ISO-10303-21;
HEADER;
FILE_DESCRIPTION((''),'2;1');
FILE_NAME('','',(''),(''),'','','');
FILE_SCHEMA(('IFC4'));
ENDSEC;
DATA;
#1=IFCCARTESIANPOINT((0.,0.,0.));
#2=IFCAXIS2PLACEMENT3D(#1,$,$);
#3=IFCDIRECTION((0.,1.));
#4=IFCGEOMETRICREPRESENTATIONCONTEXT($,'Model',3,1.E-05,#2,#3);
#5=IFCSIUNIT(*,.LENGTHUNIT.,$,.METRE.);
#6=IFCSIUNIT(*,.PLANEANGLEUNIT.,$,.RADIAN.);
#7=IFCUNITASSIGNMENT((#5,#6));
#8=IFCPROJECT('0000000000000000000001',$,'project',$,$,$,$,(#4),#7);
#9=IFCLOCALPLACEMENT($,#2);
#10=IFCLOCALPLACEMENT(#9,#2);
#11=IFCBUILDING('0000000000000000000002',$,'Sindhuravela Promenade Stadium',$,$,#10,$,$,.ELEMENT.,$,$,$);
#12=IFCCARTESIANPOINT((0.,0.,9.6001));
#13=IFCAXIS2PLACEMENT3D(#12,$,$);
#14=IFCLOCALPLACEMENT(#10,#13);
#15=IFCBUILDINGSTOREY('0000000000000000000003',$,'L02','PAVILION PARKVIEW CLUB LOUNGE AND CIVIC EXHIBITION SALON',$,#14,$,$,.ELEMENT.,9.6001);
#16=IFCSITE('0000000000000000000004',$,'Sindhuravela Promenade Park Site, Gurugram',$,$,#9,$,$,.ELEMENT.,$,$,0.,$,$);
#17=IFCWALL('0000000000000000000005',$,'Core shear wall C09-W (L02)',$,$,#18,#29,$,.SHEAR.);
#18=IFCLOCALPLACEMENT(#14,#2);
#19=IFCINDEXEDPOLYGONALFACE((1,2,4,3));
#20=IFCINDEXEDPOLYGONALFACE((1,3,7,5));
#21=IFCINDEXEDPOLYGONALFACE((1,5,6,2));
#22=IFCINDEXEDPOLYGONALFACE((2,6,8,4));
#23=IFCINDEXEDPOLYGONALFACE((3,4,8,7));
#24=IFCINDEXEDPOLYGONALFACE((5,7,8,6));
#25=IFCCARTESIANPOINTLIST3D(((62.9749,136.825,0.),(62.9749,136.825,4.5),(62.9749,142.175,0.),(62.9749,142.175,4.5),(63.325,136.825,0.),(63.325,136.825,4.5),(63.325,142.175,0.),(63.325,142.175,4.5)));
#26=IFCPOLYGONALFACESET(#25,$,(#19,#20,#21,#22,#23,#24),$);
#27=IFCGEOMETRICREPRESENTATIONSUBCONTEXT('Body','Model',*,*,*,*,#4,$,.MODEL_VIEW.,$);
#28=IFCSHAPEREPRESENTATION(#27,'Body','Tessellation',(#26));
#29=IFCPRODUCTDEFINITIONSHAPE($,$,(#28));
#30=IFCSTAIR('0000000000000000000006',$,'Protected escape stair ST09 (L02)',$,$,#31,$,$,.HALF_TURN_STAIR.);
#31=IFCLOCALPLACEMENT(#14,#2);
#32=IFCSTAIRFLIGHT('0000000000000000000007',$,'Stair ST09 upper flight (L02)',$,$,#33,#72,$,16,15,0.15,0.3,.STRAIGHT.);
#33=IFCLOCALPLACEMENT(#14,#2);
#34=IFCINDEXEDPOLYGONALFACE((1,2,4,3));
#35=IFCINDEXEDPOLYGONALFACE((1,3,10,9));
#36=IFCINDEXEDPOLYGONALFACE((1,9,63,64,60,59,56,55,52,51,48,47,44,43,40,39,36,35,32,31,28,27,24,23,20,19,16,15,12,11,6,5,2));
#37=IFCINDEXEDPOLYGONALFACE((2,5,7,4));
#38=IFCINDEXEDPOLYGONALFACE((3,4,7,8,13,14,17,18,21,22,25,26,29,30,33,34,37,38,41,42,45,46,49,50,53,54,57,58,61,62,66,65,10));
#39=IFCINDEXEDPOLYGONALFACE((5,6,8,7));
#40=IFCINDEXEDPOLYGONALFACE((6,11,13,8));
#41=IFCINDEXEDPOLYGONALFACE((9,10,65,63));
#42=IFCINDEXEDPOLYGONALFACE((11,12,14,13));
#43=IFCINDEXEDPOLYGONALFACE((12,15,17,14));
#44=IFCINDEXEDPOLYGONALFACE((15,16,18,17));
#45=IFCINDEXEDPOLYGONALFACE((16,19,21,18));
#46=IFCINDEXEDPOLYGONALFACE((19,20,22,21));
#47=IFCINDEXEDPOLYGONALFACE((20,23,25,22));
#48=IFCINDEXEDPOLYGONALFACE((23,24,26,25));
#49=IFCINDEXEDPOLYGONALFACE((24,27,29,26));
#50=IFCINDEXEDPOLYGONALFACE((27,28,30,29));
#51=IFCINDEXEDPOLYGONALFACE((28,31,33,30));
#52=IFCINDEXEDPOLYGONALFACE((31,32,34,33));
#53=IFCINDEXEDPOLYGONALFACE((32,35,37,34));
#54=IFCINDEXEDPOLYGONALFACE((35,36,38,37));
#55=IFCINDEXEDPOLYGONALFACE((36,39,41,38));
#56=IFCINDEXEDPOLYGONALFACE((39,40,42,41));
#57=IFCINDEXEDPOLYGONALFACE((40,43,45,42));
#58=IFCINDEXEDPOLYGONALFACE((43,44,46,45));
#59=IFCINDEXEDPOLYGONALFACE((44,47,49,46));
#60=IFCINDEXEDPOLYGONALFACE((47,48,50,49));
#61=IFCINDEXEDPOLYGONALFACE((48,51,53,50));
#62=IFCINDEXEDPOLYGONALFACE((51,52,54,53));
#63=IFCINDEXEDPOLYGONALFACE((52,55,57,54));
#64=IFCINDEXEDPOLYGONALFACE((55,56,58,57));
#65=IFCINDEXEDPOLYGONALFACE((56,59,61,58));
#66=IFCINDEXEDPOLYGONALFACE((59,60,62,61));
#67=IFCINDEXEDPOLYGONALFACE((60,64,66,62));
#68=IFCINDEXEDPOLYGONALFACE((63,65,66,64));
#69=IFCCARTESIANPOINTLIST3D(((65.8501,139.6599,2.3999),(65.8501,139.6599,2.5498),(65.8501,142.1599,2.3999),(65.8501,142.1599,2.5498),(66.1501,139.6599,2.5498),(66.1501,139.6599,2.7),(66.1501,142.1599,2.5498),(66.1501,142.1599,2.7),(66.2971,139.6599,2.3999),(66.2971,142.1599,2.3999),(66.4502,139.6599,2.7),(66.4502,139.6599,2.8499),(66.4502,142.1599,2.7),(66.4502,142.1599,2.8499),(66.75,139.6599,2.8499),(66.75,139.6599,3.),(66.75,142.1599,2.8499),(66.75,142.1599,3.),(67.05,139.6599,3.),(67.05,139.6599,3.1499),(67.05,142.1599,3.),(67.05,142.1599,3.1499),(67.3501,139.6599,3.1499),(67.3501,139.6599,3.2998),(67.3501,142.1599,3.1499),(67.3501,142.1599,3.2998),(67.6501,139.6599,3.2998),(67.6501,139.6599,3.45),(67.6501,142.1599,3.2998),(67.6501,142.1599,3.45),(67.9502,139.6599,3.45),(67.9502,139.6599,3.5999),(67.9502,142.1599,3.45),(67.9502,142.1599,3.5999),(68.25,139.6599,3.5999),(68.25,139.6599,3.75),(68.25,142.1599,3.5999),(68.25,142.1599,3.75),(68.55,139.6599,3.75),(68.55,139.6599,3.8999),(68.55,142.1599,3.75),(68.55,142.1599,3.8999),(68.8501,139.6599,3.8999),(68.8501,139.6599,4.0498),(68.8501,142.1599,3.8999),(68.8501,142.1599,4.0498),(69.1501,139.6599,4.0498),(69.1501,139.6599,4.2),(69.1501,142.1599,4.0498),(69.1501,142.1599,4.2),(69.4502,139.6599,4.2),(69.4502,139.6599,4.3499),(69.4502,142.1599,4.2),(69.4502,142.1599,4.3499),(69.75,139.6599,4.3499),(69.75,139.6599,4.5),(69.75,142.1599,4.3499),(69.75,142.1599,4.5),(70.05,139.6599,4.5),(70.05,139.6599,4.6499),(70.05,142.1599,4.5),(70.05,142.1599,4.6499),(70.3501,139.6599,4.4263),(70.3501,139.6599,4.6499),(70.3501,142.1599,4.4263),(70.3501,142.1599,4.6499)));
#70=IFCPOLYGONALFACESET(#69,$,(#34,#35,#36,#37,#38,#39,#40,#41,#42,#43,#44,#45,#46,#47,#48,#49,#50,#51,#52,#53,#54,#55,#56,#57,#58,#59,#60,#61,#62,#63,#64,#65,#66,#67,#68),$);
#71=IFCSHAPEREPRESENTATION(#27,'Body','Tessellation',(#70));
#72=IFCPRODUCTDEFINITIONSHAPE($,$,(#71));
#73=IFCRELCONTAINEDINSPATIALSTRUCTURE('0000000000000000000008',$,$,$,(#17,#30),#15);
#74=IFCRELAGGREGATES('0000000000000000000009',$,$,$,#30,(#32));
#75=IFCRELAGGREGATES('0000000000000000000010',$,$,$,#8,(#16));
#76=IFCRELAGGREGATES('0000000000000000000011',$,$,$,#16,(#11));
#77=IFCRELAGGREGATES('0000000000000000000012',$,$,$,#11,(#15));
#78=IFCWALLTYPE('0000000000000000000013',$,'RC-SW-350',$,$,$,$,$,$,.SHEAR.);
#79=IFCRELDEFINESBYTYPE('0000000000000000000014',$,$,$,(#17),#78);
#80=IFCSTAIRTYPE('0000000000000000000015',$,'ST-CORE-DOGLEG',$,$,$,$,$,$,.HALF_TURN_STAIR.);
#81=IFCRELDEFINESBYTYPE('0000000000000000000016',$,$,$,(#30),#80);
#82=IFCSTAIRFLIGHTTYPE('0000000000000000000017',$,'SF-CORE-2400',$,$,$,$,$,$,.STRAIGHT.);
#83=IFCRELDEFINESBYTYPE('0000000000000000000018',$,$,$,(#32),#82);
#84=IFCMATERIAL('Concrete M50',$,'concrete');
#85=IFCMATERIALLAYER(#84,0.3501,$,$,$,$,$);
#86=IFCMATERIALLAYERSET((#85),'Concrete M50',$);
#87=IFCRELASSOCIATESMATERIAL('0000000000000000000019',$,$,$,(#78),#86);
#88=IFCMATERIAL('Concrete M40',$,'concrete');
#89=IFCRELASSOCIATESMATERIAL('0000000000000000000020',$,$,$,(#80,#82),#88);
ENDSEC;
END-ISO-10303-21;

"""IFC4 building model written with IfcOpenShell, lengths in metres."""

from ifc_helpers import new_model, si_unit, direction, frame, frame_2d, origin, place, context, subcontext, project, spatial, polyline, rectangle, outline, extrude, material, layer, layer_set, type_object, element, aggregate, save


model = new_model("IFC4")

# Units and contexts
model_context = context("Model", 3, precision=1e-05, world=origin(), true_north=direction((0.0, 1.0)))
body_context = subcontext(model_context, "Body", "Model", "MODEL_VIEW")
ifc_project = project(units=[si_unit("LENGTHUNIT", "METRE"), si_unit("PLANEANGLEUNIT", "RADIAN")], contexts=[model_context])

# Site, building, storey
site_placement = place(None, origin())
site = spatial("IfcSite", under=ifc_project, at=site_placement, Name="Sindhuravela Promenade Park Site, Gurugram", CompositionType="ELEMENT", RefElevation=0.0)
building_placement = place(site_placement, origin())
building = spatial("IfcBuilding", under=site, at=building_placement, Name="Sindhuravela Promenade Stadium", CompositionType="ELEMENT")
storey_placement = place(building_placement, frame((0.0, 0.0, 9.6001)))
storey = spatial("IfcBuildingStorey", under=building, at=storey_placement, Name="L02", Description="PAVILION PARKVIEW CLUB LOUNGE AND CIVIC EXHIBITION SALON", CompositionType="ELEMENT", Elevation=9.6001)

# Shared definitions
ifc_material_1 = material(Name="Concrete M40", Category="concrete")

# Wall
ifc_material_2 = material(Name="Concrete M50", Category="concrete")
ifc_layer_1 = layer(ifc_material_2, 0.3501)
ifc_layer_set_1 = layer_set([ifc_layer_1], Name="Concrete M50")
wall_type_1 = type_object("IfcWallType", Name="RC-SW-350", PredefinedType="SHEAR", material=ifc_layer_set_1)
wall_1_placement = place(storey_placement, frame((63.1499, 142.175, 0.0), z_axis=(0.0, 0.0, 1.0), x_axis=(0.0, -1.0, 0.0)))
element("IfcWall", 1, at=wall_1_placement, inside=storey, type_object=wall_type_1, Name="Core shear wall C09-W (L02)", PredefinedType="SHEAR", context=body_context, shape_type="SweptSolid", body=[
    extrude(rectangle(XDim=5.3501, YDim=0.3501, at=frame_2d((2.675, 0.0))), origin(), (0.0, 0.0, 1.0), 4.5),
])

# Stair, stair flight
stair_type = type_object("IfcStairType", Name="ST-CORE-DOGLEG", PredefinedType="HALF_TURN_STAIR", material=ifc_material_1)
stair_placement = place(storey_placement, origin())
stair = element("IfcStair", 2, at=stair_placement, inside=storey, type_object=stair_type, Name="Protected escape stair ST09 (L02)", PredefinedType="HALF_TURN_STAIR")
stair_flight_type = type_object("IfcStairFlightType", Name="SF-CORE-2400", PredefinedType="STRAIGHT", material=ifc_material_1)
stair_flight_placement = place(storey_placement, frame((65.8501, 140.9099, 2.3999), z_axis=(0.0, 0.0, 1.0), x_axis=(1.0, 0.0, 0.0)))
stair_flight = element("IfcStairFlight", 3, at=stair_flight_placement, type_object=stair_flight_type, Name="Stair ST09 upper flight (L02)", NumberOfRisers=16, NumberOfTreads=15, PredefinedType="STRAIGHT", RiserHeight=0.15, TreadLength=0.3, context=body_context, shape_type="SweptSolid", body=[
    extrude(outline(polyline([(0.0, 0.0), (0.0, 0.1499), (0.3, 0.1499), (0.3, 0.3), (0.6001, 0.3), (0.6001, 0.45), (0.8999, 0.45), (0.8999, 0.6001), (1.2, 0.6001), (1.2, 0.75), (1.5, 0.75), (1.5, 0.8999), (1.8, 0.8999), (1.8, 1.05), (2.1001, 1.05), (2.1001, 1.2), (2.3999, 1.2), (2.3999, 1.3501), (2.7, 1.3501), (2.7, 1.5), (3.0, 1.5), (3.0, 1.6499), (3.3, 1.6499), (3.3, 1.8), (3.6001, 1.8), (3.6001, 1.95), (3.8999, 1.95), (3.8999, 2.1001), (4.2, 2.1001), (4.2, 2.25), (4.5, 2.25), (4.5, 2.3999), (4.5, 2.0264), (0.447, 0.0), (0.0, 0.0)])), frame((0.0, 1.25, 0.0), z_axis=(0.0, -1.0, 0.0), x_axis=(1.0, 0.0, 0.0)), (0.0, 0.0, 1.0), 2.5),
])
aggregate(stair, [stair_flight])

save(model, "model.ifc")
